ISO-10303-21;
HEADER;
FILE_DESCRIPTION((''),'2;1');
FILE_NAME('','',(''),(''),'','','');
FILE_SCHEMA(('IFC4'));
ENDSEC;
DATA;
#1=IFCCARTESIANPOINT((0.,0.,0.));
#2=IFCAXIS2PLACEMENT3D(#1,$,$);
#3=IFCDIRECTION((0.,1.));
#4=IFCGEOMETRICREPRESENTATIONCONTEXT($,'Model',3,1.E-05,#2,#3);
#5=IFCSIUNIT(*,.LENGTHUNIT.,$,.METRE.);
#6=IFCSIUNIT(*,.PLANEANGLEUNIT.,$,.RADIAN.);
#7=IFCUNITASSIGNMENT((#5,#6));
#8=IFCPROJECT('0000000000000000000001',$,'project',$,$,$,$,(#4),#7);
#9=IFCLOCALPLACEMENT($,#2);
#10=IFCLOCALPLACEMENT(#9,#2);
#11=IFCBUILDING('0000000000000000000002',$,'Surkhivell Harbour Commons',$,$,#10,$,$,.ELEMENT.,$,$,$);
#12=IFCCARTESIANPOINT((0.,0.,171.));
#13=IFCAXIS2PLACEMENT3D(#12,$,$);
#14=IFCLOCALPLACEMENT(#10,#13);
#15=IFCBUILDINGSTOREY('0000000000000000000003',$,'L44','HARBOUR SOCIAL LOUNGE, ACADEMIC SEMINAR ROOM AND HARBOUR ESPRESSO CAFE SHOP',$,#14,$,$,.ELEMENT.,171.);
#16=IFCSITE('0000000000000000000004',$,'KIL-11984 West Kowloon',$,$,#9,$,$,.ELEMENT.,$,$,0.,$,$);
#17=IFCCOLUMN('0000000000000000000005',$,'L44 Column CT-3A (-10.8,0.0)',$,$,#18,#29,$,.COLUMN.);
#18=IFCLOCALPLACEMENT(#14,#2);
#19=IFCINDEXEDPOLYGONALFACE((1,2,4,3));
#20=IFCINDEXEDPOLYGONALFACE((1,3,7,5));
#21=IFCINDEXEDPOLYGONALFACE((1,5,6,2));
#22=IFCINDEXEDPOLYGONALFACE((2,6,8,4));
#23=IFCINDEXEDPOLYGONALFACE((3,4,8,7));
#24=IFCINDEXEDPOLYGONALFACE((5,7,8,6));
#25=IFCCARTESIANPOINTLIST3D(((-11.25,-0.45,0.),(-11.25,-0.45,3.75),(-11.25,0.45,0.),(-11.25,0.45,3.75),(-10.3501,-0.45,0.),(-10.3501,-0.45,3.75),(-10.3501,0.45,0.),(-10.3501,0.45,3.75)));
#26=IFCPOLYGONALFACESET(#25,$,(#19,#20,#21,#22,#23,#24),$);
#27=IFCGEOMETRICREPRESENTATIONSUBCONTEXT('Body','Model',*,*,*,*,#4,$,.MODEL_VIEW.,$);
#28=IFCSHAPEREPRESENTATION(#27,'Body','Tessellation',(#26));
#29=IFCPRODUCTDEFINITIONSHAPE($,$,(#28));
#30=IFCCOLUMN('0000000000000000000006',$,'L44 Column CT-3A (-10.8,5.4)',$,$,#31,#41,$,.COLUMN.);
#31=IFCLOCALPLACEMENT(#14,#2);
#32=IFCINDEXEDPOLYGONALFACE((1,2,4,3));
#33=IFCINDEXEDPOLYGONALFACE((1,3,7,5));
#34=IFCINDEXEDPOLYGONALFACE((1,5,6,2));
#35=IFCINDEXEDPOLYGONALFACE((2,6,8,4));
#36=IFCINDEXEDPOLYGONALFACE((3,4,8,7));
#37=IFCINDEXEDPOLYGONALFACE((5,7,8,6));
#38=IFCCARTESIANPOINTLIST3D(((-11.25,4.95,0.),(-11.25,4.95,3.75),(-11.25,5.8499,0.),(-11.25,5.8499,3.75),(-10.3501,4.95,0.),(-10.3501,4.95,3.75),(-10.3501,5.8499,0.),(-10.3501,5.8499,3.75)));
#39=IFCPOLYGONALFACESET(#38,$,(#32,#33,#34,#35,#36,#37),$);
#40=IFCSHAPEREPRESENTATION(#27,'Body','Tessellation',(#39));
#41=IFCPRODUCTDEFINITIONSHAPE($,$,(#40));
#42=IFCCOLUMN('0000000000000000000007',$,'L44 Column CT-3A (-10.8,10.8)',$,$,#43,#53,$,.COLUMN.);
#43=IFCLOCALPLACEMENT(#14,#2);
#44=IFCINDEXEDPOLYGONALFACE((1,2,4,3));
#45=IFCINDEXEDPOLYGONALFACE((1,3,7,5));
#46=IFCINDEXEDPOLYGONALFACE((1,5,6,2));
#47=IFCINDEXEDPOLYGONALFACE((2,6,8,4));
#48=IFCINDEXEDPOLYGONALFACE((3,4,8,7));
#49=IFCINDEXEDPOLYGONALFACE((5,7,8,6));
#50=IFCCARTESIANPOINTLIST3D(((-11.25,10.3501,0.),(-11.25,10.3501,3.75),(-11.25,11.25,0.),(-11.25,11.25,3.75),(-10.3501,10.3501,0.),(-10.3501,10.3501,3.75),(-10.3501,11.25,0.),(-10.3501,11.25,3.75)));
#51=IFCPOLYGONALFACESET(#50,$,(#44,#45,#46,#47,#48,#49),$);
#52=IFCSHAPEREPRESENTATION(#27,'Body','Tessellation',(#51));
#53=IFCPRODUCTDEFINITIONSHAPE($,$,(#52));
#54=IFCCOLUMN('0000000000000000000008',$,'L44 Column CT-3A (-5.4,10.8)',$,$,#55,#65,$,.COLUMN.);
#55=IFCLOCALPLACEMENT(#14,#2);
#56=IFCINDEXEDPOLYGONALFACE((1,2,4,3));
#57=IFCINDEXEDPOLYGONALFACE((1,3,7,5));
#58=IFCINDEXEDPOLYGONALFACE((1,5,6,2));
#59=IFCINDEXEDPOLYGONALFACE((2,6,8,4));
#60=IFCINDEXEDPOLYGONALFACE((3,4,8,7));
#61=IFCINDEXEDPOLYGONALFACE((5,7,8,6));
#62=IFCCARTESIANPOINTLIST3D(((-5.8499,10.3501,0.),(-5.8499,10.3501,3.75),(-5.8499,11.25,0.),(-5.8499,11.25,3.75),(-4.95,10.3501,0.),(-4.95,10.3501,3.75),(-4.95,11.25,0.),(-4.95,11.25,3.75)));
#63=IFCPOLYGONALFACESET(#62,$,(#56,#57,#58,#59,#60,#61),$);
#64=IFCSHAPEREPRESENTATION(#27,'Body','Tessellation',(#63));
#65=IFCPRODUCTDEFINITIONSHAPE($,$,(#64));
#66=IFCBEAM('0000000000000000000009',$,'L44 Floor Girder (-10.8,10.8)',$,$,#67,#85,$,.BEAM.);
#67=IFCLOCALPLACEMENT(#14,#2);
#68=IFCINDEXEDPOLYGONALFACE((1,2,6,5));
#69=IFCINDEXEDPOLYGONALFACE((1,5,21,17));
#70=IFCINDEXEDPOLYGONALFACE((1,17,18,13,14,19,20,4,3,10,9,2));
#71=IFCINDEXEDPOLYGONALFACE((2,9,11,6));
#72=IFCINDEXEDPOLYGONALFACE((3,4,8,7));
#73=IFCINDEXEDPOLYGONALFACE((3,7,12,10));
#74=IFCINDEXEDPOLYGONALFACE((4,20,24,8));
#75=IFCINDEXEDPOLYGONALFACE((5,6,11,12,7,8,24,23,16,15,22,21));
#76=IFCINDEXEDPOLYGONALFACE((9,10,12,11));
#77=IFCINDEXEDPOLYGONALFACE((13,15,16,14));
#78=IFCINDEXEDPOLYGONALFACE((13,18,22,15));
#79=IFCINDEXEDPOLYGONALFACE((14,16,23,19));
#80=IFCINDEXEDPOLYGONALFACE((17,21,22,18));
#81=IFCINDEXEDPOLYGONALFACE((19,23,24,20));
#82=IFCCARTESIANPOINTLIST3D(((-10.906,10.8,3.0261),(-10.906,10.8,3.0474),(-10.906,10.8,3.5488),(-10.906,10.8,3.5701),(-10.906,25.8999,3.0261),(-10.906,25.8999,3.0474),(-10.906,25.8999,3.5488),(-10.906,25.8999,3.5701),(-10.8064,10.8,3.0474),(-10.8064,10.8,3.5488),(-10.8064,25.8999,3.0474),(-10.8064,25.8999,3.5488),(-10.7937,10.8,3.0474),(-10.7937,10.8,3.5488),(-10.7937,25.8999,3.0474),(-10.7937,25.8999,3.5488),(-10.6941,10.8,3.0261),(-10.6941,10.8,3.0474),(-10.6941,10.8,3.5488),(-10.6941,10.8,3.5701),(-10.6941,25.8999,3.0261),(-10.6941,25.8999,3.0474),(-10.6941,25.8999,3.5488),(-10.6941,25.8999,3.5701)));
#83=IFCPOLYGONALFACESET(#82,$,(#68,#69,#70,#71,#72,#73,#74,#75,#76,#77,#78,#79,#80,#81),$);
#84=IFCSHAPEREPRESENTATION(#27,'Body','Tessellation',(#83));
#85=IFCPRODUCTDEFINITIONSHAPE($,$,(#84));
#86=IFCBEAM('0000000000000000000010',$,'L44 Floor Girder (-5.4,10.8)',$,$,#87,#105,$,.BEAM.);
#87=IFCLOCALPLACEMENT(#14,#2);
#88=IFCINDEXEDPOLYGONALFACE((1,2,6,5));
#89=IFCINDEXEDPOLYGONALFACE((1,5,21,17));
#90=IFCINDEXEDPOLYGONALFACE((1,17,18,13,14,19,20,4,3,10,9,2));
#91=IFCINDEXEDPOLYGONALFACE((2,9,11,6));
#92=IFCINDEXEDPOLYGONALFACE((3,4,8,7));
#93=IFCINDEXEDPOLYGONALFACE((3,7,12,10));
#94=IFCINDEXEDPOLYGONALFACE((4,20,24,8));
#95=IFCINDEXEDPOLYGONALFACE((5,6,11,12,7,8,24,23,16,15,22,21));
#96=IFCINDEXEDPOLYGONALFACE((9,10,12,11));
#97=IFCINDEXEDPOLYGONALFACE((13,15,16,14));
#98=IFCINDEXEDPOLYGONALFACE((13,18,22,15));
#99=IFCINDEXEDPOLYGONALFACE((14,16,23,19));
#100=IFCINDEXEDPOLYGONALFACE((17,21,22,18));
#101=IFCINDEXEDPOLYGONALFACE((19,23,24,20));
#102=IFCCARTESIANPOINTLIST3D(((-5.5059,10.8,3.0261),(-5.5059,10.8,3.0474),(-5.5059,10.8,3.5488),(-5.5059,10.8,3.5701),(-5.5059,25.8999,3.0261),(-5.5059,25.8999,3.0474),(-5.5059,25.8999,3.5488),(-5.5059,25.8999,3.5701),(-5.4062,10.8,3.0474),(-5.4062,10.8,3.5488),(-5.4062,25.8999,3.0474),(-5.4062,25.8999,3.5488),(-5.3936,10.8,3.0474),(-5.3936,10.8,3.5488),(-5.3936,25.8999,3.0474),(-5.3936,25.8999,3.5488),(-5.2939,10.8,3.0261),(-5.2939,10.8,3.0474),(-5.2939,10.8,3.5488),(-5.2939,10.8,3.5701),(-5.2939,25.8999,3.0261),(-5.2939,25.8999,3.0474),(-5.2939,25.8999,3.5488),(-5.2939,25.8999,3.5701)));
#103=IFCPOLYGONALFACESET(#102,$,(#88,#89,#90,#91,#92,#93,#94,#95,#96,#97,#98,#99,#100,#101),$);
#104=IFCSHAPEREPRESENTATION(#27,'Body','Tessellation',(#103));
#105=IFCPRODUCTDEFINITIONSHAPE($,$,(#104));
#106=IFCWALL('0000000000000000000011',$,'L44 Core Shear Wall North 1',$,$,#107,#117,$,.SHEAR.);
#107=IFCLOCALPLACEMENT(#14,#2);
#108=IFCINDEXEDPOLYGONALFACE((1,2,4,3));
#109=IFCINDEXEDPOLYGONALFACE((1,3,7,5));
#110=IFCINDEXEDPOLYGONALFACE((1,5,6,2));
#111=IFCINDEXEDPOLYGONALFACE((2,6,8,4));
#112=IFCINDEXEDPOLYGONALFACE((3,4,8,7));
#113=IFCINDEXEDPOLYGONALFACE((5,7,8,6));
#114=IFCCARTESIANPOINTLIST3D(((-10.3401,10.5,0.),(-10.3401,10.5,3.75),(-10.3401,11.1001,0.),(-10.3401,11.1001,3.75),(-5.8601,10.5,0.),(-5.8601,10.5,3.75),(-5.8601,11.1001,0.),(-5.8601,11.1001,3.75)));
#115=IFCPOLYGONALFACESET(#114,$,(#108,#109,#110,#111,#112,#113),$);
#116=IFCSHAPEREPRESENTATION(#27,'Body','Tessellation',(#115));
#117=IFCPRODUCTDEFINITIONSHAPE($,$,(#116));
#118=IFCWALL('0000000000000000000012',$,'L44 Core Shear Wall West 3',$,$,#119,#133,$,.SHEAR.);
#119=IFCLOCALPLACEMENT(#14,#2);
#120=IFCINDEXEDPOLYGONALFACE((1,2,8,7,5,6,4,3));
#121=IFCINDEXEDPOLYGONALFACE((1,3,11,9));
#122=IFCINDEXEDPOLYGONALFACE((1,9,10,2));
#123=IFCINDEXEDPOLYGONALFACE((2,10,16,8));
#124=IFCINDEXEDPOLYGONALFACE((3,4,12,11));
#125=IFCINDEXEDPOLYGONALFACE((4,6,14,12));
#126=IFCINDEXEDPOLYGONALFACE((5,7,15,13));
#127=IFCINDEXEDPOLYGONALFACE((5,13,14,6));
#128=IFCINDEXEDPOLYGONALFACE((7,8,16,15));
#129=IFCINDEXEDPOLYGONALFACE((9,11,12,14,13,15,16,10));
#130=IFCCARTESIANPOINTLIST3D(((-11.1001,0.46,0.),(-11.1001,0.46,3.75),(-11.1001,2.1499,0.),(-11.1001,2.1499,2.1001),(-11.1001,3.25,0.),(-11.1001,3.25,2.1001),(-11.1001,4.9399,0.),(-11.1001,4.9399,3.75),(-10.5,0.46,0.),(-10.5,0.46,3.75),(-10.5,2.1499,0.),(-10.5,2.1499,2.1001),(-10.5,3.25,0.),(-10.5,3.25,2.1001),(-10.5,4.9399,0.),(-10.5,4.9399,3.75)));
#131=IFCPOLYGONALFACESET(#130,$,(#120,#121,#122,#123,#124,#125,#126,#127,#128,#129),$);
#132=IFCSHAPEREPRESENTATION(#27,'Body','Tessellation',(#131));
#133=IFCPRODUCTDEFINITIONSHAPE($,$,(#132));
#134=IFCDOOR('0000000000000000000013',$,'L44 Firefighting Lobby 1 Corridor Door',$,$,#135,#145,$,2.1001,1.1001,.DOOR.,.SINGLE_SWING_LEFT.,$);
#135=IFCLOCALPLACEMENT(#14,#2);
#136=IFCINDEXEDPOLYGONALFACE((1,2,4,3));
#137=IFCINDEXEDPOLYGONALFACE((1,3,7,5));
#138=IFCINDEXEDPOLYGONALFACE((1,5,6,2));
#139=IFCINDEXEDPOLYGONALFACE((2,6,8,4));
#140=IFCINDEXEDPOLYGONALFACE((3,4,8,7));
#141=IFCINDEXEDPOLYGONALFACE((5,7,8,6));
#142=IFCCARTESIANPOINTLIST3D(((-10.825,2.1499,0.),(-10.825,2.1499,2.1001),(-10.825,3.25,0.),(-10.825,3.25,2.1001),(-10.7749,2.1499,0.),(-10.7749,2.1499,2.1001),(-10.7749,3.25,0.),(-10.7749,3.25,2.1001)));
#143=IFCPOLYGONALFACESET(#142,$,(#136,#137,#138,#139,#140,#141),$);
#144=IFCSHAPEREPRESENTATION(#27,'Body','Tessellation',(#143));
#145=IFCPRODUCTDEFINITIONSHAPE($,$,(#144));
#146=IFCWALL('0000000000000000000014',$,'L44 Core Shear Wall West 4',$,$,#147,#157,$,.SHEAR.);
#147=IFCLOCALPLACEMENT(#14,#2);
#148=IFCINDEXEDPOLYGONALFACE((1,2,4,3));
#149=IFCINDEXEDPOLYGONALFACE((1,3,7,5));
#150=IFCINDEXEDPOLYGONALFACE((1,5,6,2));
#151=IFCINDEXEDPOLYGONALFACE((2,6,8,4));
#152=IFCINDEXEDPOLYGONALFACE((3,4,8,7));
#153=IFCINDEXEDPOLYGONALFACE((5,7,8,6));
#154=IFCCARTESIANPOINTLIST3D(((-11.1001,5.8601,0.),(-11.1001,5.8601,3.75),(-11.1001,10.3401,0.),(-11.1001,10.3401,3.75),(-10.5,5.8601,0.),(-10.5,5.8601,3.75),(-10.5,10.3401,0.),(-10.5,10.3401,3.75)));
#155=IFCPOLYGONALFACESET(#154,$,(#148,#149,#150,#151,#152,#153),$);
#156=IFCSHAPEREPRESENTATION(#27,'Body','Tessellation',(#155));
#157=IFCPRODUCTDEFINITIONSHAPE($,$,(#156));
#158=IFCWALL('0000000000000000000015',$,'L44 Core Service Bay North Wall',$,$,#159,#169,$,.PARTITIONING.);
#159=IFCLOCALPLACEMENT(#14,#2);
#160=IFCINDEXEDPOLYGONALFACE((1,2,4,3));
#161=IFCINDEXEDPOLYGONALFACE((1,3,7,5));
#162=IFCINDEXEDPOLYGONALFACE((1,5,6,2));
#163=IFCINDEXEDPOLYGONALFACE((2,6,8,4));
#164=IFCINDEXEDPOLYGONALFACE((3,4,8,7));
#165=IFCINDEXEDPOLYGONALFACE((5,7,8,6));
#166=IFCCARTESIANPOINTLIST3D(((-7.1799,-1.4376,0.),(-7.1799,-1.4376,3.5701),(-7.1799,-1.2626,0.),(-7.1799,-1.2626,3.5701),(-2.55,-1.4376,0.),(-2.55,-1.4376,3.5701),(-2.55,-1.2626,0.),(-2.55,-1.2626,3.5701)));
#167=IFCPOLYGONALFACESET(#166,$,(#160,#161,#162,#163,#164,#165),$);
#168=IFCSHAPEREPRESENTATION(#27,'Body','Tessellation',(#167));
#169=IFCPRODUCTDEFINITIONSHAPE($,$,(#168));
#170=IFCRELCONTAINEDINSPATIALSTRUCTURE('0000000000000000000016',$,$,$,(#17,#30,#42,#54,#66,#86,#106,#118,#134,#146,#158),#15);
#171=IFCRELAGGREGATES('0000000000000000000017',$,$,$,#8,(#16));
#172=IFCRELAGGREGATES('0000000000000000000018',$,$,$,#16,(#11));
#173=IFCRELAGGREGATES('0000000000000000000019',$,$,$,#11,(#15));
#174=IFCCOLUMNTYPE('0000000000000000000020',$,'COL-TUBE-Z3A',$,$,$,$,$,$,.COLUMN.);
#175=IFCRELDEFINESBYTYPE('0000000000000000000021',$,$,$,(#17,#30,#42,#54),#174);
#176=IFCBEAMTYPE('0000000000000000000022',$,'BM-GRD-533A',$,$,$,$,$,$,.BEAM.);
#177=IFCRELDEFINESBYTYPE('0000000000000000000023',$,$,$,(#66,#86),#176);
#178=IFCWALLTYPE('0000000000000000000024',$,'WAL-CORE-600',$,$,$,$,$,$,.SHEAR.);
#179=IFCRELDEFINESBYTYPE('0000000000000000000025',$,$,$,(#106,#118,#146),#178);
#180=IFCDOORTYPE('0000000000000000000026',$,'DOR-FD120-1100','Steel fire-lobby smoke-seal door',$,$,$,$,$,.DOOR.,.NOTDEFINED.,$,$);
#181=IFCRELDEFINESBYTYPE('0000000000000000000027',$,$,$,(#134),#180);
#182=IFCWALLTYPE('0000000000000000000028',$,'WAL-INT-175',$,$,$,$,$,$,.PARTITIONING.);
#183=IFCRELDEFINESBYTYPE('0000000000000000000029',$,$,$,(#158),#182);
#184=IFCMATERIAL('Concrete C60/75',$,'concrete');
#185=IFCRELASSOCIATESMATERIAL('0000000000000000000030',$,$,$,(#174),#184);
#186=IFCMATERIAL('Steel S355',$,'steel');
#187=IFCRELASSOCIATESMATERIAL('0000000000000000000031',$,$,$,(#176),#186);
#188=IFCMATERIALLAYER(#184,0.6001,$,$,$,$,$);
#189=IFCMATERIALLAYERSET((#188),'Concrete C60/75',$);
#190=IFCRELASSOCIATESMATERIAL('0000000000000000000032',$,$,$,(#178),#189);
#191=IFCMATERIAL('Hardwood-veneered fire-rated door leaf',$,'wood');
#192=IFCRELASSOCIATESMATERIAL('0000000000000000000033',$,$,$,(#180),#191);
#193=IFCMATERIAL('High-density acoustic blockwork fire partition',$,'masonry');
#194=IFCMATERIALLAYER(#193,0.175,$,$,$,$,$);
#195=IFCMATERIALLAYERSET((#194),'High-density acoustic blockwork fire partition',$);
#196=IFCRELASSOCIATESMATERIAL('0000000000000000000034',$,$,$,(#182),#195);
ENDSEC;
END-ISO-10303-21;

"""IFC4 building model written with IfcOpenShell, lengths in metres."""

from ifc_helpers import new_model, si_unit, direction, frame, frame_2d, origin, origin_2d, place, context, subcontext, project, spatial, rectangle, i_section, extrude, material, layer, layer_set, material_profile, profile_set, type_object, element, fill, save


model = new_model("IFC4")

# Units and contexts
model_context = context("Model", 3, precision=1e-05, world=origin(), true_north=direction((0.0, 1.0)))
body_context = subcontext(model_context, "Body", "Model", "MODEL_VIEW")
ifc_project = project(units=[si_unit("LENGTHUNIT", "METRE"), si_unit("PLANEANGLEUNIT", "RADIAN")], contexts=[model_context])

# Site, building, storey
site_placement = place(None, origin())
site = spatial("IfcSite", under=ifc_project, at=site_placement, Name="KIL-11984 West Kowloon", CompositionType="ELEMENT", RefElevation=0.0)
building_placement = place(site_placement, origin())
building = spatial("IfcBuilding", under=site, at=building_placement, Name="Surkhivell Harbour Commons", CompositionType="ELEMENT")
storey_placement = place(building_placement, frame((0.0, 0.0, 171.0)))
storey = spatial("IfcBuildingStorey", under=building, at=storey_placement, Name="L44", Description="HARBOUR SOCIAL LOUNGE, ACADEMIC SEMINAR ROOM AND HARBOUR ESPRESSO CAFE SHOP", CompositionType="ELEMENT", Elevation=171.0)

# Columns
ifc_material_1 = material(Name="Concrete C60/75", Category="concrete")
ifc_material_profile_1 = material_profile(ifc_material_1, rectangle(XDim=0.8999, YDim=0.8999, at=origin_2d()), Name="RC-COL-900x900")
ifc_profile_set_1 = profile_set([ifc_material_profile_1], Name="Concrete C60/75")
column_type = type_object("IfcColumnType", Name="COL-TUBE-Z3A", PredefinedType="COLUMN", material=ifc_profile_set_1)
for number, where, z_axis, x_axis, name in (
    (1, (-10.8, 0.0, 0.0), (0.0, 0.0, 1.0), (1.0, 0.0, 0.0), "L44 Column CT-3A (-10.8,0.0)"),
    (2, (-10.8, 5.3999, 0.0), (0.0, 0.0, 1.0), (1.0, 0.0, 0.0), "L44 Column CT-3A (-10.8,5.4)"),
    (3, (-10.8, 10.8, 0.0), (0.0, 0.0, 1.0), (1.0, 0.0, 0.0), "L44 Column CT-3A (-10.8,10.8)"),
    (4, (-5.3999, 10.8, 0.0), (0.0, 0.0, 1.0), (1.0, 0.0, 0.0), "L44 Column CT-3A (-5.4,10.8)"),
):
    element("IfcColumn", number, at=place(storey_placement, frame(where, z_axis=z_axis, x_axis=x_axis)), inside=storey, type_object=column_type, Name=name, PredefinedType="COLUMN", context=body_context, shape_type="SweptSolid", body=[
        extrude(rectangle(XDim=0.8999, YDim=0.8999, at=origin_2d()), origin(), (0.0, 0.0, 1.0), 3.75),
    ])

# Beams
ifc_material_2 = material(Name="Steel S355", Category="steel")
ifc_material_profile_2 = material_profile(ifc_material_2, i_section(OverallWidth=0.2119, OverallDepth=0.5439, WebThickness=0.0127, FlangeThickness=0.0212, at=origin_2d()), Name="UB533x210x122")
ifc_profile_set_2 = profile_set([ifc_material_profile_2], Name="Steel S355")
beam_type = type_object("IfcBeamType", Name="BM-GRD-533A", PredefinedType="BEAM", material=ifc_profile_set_2)
for number, where, z_axis, x_axis, name in (
    (5, (-10.8, 10.8, 3.2981), (0.0, 1.0, 0.0), (-1.0, 0.0, 0.0), "L44 Floor Girder (-10.8,10.8)"),
    (6, (-5.3999, 10.8, 3.2981), (0.0, 1.0, 0.0), (-1.0, 0.0, 0.0), "L44 Floor Girder (-5.4,10.8)"),
):
    element("IfcBeam", number, at=place(storey_placement, frame(where, z_axis=z_axis, x_axis=x_axis)), inside=storey, type_object=beam_type, Name=name, PredefinedType="BEAM", context=body_context, shape_type="SweptSolid", body=[
        extrude(i_section(OverallWidth=0.2119, OverallDepth=0.5439, WebThickness=0.0127, FlangeThickness=0.0212, at=origin_2d()), origin(), (0.0, 0.0, 1.0), 15.0999),
    ])

# Wall
ifc_layer_1 = layer(ifc_material_1, 0.6001)
ifc_layer_set_1 = layer_set([ifc_layer_1], Name="Concrete C60/75")
wall_type_1 = type_object("IfcWallType", Name="WAL-CORE-600", PredefinedType="SHEAR", material=ifc_layer_set_1)
wall_1_placement = place(storey_placement, frame((-10.3401, 10.8, 0.0), z_axis=(0.0, 0.0, 1.0), x_axis=(1.0, 0.0, 0.0)))
element("IfcWall", 7, at=wall_1_placement, inside=storey, type_object=wall_type_1, Name="L44 Core Shear Wall North 1", PredefinedType="SHEAR", context=body_context, shape_type="SweptSolid", body=[
    extrude(rectangle(XDim=4.48, YDim=0.6001, at=frame_2d((2.24, 0.0))), origin(), (0.0, 0.0, 1.0), 3.75),
])

# Wall, opening, door
wall_2_placement = place(storey_placement, frame((-10.8, 0.46, 0.0), z_axis=(0.0, 0.0, 1.0), x_axis=(0.0, 1.0, 0.0)))
wall_2 = element("IfcWall", 8, at=wall_2_placement, inside=storey, type_object=wall_type_1, Name="L44 Core Shear Wall West 3", PredefinedType="SHEAR", context=body_context, shape_type="SweptSolid", body=[
    extrude(rectangle(XDim=4.48, YDim=0.6001, at=frame_2d((2.24, 0.0))), origin(), (0.0, 0.0, 1.0), 3.75),
])
opening_1_placement = place(wall_2_placement, frame((1.6899, 0.0, 0.0)))
opening_1 = element("IfcOpeningElement", 9, at=opening_1_placement, cuts=wall_2, PredefinedType="OPENING", context=body_context, shape_type="SweptSolid", body=[
    extrude(rectangle(XDim=1.1001, YDim=2.1001, at=frame_2d((0.55, 1.05))), frame((0.0, 0.3101, 0.0), z_axis=(0.0, -1.0, 0.0), x_axis=(1.0, 0.0, 0.0)), (0.0, 0.0, 1.0), 0.6201),
])
ifc_material_3 = material(Name="Hardwood-veneered fire-rated door leaf", Category="wood")
door_type_1 = type_object("IfcDoorType", Name="DOR-FD120-1100", Description="Steel fire-lobby smoke-seal door", OperationType="NOTDEFINED", PredefinedType="DOOR", material=ifc_material_3)
door_1_placement = place(opening_1_placement, origin())
door_1 = element("IfcDoor", 10, at=door_1_placement, inside=storey, type_object=door_type_1, Name="L44 Firefighting Lobby 1 Corridor Door", OperationType="SINGLE_SWING_LEFT", OverallHeight=2.1001, OverallWidth=1.1001, PredefinedType="DOOR", context=body_context, shape_type="SweptSolid", body=[
    extrude(rectangle(XDim=1.1001, YDim=2.1001, at=frame_2d((0.55, 1.05))), frame((0.0, 0.0249, 0.0), z_axis=(0.0, -1.0, 0.0), x_axis=(1.0, 0.0, 0.0)), (0.0, 0.0, 1.0), 0.05),
])
fill(opening_1, door_1)

# Walls
wall_3_placement = place(storey_placement, frame((-10.8, 5.8601, 0.0), z_axis=(0.0, 0.0, 1.0), x_axis=(0.0, 1.0, 0.0)))
element("IfcWall", 11, at=wall_3_placement, inside=storey, type_object=wall_type_1, Name="L44 Core Shear Wall West 4", PredefinedType="SHEAR", context=body_context, shape_type="SweptSolid", body=[
    extrude(rectangle(XDim=4.48, YDim=0.6001, at=frame_2d((2.24, 0.0))), origin(), (0.0, 0.0, 1.0), 3.75),
])
ifc_material_4 = material(Name="High-density acoustic blockwork fire partition", Category="masonry")
ifc_layer_2 = layer(ifc_material_4, 0.175)
ifc_layer_set_2 = layer_set([ifc_layer_2], Name="High-density acoustic blockwork fire partition")
wall_type_2 = type_object("IfcWallType", Name="WAL-INT-175", PredefinedType="PARTITIONING", material=ifc_layer_set_2)
wall_4_placement = place(storey_placement, frame((-7.1799, -1.3501, 0.0), z_axis=(0.0, 0.0, 1.0), x_axis=(1.0, 0.0, 0.0)))
element("IfcWall", 12, at=wall_4_placement, inside=storey, type_object=wall_type_2, Name="L44 Core Service Bay North Wall", PredefinedType="PARTITIONING", context=body_context, shape_type="SweptSolid", body=[
    extrude(rectangle(XDim=4.6299, YDim=0.175, at=frame_2d((2.3149, 0.0))), origin(), (0.0, 0.0, 1.0), 3.5701),
])

save(model, "model.ifc")
